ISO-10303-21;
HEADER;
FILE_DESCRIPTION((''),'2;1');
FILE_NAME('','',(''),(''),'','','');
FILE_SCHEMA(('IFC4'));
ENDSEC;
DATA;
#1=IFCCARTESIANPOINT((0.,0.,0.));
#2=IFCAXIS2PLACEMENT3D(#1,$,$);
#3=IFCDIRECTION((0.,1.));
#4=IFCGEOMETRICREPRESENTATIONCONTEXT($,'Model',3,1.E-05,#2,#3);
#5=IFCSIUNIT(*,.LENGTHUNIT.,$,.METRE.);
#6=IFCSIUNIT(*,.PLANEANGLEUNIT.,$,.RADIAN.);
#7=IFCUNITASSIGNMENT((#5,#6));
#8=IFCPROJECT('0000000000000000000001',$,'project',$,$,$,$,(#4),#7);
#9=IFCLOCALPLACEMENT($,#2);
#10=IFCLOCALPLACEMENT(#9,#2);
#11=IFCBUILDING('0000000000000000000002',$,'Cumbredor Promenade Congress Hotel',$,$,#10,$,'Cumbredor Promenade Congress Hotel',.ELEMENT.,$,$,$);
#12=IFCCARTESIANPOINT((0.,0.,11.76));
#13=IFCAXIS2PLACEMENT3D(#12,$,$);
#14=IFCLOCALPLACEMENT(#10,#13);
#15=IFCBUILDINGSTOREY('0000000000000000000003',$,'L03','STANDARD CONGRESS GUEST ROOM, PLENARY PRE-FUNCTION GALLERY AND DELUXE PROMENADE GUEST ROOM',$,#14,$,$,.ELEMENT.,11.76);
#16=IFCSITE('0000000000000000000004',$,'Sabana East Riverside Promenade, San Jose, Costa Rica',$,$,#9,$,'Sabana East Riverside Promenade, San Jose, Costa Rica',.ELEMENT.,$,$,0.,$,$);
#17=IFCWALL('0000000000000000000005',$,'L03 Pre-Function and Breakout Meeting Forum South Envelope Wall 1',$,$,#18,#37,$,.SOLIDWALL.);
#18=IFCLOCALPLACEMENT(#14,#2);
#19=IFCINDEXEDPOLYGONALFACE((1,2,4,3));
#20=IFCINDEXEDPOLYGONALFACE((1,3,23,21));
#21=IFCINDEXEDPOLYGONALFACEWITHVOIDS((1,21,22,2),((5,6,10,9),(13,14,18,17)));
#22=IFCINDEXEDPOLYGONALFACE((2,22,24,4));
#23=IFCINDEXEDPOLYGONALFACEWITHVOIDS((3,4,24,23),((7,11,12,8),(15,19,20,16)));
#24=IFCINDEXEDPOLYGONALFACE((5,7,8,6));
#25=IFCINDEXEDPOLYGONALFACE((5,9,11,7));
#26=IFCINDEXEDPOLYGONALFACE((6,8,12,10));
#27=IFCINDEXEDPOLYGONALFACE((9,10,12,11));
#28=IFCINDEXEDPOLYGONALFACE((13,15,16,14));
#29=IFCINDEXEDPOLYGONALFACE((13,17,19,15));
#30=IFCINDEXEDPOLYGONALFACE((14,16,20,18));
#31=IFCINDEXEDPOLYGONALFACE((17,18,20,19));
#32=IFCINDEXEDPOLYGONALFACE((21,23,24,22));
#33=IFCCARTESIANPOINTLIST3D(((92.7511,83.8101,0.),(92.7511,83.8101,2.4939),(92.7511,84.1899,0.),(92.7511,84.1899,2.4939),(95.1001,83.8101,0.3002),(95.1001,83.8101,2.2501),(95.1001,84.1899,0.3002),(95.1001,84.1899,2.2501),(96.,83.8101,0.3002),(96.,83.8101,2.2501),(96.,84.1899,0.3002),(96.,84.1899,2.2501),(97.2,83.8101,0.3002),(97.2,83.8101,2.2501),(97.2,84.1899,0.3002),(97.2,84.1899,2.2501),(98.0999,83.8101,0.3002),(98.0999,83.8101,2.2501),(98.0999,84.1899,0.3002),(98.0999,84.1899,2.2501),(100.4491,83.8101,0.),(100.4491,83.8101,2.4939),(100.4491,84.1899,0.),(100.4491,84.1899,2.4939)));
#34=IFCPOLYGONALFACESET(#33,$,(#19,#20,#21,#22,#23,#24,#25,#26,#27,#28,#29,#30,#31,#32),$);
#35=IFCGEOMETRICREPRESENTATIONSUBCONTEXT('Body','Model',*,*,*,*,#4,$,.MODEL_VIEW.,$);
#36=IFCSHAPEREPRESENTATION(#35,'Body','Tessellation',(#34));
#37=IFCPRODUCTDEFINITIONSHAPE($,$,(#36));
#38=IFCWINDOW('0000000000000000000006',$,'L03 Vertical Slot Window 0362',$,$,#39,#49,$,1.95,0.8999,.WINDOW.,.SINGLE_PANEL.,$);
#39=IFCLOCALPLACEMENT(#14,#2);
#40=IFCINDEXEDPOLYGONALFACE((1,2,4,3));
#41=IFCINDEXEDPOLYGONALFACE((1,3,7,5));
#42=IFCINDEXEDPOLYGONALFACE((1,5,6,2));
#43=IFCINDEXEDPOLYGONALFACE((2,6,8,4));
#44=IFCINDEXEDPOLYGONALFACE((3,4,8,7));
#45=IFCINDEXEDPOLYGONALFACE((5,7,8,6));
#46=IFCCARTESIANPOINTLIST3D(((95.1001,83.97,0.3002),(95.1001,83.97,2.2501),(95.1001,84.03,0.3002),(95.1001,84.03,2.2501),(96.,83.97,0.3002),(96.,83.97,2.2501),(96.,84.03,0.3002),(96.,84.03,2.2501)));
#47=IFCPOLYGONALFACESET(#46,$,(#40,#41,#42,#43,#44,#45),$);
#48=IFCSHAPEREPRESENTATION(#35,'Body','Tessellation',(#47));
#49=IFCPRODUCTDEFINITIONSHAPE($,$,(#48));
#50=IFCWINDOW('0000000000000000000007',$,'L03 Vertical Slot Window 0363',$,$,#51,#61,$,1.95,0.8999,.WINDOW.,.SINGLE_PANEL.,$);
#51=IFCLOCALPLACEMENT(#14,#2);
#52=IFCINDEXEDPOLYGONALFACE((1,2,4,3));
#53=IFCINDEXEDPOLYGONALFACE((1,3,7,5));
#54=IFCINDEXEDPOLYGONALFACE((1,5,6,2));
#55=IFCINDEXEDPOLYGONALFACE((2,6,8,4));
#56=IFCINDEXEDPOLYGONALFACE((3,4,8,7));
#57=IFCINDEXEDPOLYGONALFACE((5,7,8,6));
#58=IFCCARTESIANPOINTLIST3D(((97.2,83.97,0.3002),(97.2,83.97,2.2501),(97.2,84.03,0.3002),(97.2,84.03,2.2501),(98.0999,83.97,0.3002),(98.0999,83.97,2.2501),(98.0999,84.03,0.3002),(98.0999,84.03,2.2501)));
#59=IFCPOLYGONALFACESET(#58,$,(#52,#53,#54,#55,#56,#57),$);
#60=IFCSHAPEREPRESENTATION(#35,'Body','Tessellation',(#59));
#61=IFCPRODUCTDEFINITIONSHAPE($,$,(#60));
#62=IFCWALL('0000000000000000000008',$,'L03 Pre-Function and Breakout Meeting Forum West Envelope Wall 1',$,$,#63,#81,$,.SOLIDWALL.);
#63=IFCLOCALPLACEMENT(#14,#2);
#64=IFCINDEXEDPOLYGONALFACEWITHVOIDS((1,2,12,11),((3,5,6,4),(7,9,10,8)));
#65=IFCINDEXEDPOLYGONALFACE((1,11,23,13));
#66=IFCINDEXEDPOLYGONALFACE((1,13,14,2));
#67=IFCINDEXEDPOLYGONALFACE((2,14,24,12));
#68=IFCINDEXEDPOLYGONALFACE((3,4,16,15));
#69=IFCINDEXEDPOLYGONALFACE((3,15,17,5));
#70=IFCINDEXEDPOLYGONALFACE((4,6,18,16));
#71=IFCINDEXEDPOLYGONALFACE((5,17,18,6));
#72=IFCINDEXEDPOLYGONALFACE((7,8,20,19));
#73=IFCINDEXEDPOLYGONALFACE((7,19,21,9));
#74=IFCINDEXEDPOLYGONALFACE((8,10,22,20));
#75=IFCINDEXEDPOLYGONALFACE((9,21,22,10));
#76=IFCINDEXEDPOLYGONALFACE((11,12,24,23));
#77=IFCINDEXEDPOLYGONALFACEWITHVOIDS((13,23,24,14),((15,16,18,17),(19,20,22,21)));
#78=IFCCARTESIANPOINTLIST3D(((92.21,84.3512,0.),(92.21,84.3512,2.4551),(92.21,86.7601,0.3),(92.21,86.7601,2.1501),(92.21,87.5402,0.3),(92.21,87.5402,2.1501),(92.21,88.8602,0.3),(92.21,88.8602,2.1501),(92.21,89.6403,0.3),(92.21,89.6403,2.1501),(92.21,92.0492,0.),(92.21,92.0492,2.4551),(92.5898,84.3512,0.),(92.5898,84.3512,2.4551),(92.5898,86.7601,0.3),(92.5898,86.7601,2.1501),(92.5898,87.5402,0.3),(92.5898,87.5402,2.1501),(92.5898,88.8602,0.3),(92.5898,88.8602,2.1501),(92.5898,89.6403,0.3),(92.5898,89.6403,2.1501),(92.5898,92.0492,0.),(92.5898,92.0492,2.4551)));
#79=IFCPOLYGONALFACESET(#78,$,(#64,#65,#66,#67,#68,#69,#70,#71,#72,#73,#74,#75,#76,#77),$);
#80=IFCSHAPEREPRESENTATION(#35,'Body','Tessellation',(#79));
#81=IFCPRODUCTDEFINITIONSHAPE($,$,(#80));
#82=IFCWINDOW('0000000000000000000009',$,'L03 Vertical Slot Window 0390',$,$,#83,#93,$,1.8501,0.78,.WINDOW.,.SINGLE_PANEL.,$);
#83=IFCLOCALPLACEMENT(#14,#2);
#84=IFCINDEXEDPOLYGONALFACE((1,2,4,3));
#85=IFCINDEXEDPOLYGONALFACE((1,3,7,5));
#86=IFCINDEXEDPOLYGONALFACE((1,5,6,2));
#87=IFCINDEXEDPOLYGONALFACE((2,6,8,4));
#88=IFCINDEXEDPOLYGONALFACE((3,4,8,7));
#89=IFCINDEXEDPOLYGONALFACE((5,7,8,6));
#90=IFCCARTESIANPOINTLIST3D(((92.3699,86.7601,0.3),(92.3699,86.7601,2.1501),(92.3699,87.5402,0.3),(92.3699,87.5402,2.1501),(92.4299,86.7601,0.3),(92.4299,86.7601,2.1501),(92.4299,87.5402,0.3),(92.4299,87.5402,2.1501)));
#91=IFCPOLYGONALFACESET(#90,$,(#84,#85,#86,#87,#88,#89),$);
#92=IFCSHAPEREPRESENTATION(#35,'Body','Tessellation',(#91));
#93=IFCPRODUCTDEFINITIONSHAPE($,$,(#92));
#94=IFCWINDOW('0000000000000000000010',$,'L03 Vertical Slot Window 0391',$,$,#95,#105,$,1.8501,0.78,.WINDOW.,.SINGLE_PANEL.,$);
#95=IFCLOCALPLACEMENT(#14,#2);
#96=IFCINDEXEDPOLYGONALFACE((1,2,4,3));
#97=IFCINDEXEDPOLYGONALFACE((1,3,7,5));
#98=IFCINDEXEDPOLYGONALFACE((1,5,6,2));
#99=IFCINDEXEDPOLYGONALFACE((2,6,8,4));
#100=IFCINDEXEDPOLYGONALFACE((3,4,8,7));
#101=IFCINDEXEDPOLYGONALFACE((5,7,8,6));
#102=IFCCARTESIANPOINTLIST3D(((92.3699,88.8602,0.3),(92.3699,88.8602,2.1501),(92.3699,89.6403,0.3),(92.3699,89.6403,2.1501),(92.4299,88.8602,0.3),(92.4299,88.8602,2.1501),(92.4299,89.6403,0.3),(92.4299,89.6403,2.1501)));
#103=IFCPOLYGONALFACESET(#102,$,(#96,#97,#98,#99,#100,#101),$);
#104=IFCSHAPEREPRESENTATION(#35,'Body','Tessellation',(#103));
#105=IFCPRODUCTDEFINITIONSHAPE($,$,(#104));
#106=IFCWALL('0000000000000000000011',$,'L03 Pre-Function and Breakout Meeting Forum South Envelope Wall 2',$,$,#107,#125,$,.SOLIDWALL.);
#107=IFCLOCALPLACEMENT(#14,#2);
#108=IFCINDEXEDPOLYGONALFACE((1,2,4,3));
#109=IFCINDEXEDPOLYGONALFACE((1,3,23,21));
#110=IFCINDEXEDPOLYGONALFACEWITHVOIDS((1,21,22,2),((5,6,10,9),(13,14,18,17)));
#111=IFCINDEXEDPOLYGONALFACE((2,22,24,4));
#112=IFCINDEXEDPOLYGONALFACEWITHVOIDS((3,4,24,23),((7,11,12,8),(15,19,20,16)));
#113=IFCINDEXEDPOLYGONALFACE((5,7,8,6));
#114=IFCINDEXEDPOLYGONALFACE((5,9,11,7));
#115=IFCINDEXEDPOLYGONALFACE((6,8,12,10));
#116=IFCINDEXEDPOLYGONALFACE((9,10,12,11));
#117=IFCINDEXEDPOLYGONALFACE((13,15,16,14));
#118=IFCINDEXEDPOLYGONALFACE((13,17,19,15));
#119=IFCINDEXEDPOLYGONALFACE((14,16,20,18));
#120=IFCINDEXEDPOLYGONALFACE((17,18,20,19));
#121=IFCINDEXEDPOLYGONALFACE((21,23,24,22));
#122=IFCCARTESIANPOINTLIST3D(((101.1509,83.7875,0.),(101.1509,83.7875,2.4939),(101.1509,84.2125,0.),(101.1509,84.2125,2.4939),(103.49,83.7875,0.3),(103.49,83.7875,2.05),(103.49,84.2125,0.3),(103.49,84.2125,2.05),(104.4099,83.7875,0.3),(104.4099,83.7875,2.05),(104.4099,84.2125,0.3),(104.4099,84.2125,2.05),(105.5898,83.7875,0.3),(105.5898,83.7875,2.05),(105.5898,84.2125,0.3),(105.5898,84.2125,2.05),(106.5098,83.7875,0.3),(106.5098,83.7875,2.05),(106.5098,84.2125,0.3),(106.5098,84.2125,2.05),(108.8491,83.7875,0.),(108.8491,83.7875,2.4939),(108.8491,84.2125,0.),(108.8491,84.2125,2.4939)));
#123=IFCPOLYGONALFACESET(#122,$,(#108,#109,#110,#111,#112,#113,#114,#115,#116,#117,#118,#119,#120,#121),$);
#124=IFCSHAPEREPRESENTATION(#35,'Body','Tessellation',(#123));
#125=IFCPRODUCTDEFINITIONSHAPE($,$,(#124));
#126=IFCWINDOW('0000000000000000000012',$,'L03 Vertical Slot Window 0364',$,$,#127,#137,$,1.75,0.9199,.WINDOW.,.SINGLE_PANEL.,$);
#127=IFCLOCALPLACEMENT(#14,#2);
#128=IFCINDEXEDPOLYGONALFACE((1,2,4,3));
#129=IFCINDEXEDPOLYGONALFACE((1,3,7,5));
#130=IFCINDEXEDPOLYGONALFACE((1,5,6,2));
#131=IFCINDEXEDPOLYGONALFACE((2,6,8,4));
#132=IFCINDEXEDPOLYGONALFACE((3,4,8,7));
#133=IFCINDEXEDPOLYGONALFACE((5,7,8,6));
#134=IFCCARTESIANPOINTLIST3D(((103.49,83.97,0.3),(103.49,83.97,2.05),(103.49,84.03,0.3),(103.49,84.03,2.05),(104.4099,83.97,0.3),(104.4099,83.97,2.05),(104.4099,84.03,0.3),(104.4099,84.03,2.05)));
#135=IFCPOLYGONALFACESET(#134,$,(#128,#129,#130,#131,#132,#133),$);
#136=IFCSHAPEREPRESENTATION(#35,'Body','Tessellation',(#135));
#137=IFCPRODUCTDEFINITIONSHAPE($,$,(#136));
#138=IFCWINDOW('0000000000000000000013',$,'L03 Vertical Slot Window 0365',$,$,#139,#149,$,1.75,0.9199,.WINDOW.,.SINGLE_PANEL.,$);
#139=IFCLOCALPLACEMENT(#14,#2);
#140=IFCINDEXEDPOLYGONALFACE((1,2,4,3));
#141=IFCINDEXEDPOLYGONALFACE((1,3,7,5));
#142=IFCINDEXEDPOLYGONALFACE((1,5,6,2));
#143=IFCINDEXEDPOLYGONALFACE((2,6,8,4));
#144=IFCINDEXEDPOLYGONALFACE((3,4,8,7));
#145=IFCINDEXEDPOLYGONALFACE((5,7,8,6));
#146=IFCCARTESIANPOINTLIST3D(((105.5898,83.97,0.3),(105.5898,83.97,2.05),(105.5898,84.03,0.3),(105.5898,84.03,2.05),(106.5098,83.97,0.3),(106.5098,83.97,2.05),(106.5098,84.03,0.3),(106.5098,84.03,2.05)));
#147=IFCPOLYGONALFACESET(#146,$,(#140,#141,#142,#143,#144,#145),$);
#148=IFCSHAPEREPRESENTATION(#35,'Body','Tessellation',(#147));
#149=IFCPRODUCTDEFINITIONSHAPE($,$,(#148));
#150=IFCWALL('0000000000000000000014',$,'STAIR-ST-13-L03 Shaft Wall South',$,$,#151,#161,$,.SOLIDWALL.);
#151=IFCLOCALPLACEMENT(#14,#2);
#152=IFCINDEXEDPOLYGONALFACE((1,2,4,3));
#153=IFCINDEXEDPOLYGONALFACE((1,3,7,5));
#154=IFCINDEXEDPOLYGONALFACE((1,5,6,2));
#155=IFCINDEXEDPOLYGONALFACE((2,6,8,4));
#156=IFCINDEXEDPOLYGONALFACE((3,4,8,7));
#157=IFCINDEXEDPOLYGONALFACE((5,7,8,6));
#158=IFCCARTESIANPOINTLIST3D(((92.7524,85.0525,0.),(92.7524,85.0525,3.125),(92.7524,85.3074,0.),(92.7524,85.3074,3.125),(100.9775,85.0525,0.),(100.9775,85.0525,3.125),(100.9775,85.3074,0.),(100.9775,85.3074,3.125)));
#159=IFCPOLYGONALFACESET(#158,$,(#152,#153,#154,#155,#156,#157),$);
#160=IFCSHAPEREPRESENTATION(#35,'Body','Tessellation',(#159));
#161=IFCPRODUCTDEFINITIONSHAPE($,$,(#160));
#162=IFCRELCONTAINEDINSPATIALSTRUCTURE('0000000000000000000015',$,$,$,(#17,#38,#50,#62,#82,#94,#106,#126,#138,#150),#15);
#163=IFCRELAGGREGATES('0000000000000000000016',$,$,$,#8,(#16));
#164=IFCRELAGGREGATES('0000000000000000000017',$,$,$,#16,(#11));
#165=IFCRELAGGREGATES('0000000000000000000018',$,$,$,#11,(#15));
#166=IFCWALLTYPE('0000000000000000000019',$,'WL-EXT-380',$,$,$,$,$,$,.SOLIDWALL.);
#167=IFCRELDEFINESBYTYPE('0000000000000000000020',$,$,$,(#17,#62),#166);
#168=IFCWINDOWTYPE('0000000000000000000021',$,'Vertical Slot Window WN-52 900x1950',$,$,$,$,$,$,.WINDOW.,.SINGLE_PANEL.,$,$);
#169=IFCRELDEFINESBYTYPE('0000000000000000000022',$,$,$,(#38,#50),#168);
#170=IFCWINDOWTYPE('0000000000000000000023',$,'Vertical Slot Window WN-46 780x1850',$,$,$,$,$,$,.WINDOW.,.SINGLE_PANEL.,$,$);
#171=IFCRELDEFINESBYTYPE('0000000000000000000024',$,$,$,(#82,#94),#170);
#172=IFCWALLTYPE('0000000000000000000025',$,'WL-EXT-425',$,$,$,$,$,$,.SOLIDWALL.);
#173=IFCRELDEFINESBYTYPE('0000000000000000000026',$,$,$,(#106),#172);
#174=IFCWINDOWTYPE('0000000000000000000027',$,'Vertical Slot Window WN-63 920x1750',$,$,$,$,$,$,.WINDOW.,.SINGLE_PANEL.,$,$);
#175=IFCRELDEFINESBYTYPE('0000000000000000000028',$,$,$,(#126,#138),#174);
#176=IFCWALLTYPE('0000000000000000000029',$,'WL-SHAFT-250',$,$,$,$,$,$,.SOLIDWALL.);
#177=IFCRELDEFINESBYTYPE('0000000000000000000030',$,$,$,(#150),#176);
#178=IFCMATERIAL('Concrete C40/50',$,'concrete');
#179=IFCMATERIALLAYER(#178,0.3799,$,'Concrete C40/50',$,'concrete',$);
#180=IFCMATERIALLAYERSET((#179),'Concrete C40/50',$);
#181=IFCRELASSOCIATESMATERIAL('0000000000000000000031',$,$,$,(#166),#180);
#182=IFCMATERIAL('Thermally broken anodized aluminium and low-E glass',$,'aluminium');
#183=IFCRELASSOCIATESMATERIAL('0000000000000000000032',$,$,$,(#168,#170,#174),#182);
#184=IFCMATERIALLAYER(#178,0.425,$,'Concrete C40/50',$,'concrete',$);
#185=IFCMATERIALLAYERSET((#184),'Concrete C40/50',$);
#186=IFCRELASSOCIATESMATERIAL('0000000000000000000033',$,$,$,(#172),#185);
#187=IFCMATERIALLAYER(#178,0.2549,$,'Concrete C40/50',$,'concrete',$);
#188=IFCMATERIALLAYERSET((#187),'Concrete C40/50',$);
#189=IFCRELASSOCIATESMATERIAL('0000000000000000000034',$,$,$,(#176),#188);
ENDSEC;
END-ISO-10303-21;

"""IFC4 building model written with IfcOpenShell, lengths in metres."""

from ifc_helpers import new_model, si_unit, direction, frame, frame_2d, origin, place, context, subcontext, project, spatial, rectangle, extrude, material, layer, layer_set, type_object, element, fill, save


model = new_model("IFC4")

# Units and contexts
model_context = context("Model", 3, precision=1e-05, world=origin(), true_north=direction((0.0, 1.0)))
body_context = subcontext(model_context, "Body", "Model", "MODEL_VIEW")
ifc_project = project(units=[si_unit("LENGTHUNIT", "METRE"), si_unit("PLANEANGLEUNIT", "RADIAN")], contexts=[model_context])

# Site, building, storey
site_placement = place(None, origin())
site = spatial("IfcSite", under=ifc_project, at=site_placement, Name="Sabana East Riverside Promenade, San Jose, Costa Rica", LongName="Sabana East Riverside Promenade, San Jose, Costa Rica", CompositionType="ELEMENT", RefElevation=0.0)
building_placement = place(site_placement, origin())
building = spatial("IfcBuilding", under=site, at=building_placement, Name="Cumbredor Promenade Congress Hotel", LongName="Cumbredor Promenade Congress Hotel", CompositionType="ELEMENT")
storey_placement = place(building_placement, frame((0.0, 0.0, 11.76)))
storey = spatial("IfcBuildingStorey", under=building, at=storey_placement, Name="L03", Description="STANDARD CONGRESS GUEST ROOM, PLENARY PRE-FUNCTION GALLERY AND DELUXE PROMENADE GUEST ROOM", CompositionType="ELEMENT", Elevation=11.76)

# Shared definitions
ifc_material_1 = material(Name="Concrete C40/50", Category="concrete")

# Shared definitions
ifc_material_2 = material(Name="Thermally broken anodized aluminium and low-E glass", Category="aluminium")

# Walls, openings, windows
ifc_layer_1 = layer(ifc_material_1, 0.3799, Name="Concrete C40/50", Category="concrete")
ifc_layer_set_1 = layer_set([ifc_layer_1], Name="Concrete C40/50")
wall_type_1 = type_object("IfcWallType", Name="WL-EXT-380", PredefinedType="SOLIDWALL", material=ifc_layer_set_1)
wall_1_placement = place(storey_placement, frame((92.751, 84.0, 0.0), z_axis=(0.0, 0.0, 1.0), x_axis=(1.0, 0.0, 0.0)))
wall_1 = element("IfcWall", 1, at=wall_1_placement, inside=storey, type_object=wall_type_1, Name="L03 Pre-Function and Breakout Meeting Forum South Envelope Wall 1", PredefinedType="SOLIDWALL", context=body_context, shape_type="SweptSolid", body=[
    extrude(rectangle(XDim=7.698, YDim=0.3799, at=frame_2d((3.8491, 0.0))), origin(), (0.0, 0.0, 1.0), 2.4939),
])
opening_1_placement = place(wall_1_placement, frame((2.3491, 0.0, 0.3)))
opening_1 = element("IfcOpeningElement", 2, at=opening_1_placement, cuts=wall_1, PredefinedType="OPENING", context=body_context, shape_type="SweptSolid", body=[
    extrude(rectangle(XDim=0.8999, YDim=1.95, at=frame_2d((0.45, 0.9751))), frame((0.0, 0.2, 0.0), z_axis=(0.0, -1.0, 0.0), x_axis=(1.0, 0.0, 0.0)), (0.0, 0.0, 1.0), 0.3999),
])
opening_2_placement = place(wall_1_placement, frame((4.449, 0.0, 0.3)))
opening_2 = element("IfcOpeningElement", 3, at=opening_2_placement, cuts=wall_1, PredefinedType="OPENING", context=body_context, shape_type="SweptSolid", body=[
    extrude(rectangle(XDim=0.8999, YDim=1.95, at=frame_2d((0.45, 0.9751))), frame((0.0, 0.2, 0.0), z_axis=(0.0, -1.0, 0.0), x_axis=(1.0, 0.0, 0.0)), (0.0, 0.0, 1.0), 0.3999),
])
window_type_1 = type_object("IfcWindowType", Name="Vertical Slot Window WN-52 900x1950", PartitioningType="SINGLE_PANEL", PredefinedType="WINDOW", material=ifc_material_2)
window_1_placement = place(opening_1_placement, origin())
window_1 = element("IfcWindow", 4, at=window_1_placement, inside=storey, type_object=window_type_1, Name="L03 Vertical Slot Window 0362", OverallHeight=1.95, OverallWidth=0.8999, PartitioningType="SINGLE_PANEL", PredefinedType="WINDOW", context=body_context, shape_type="SweptSolid", body=[
    extrude(rectangle(XDim=0.8999, YDim=1.95, at=frame_2d((0.45, 0.9751))), frame((0.0, 0.03, 0.0), z_axis=(0.0, -1.0, 0.0), x_axis=(1.0, 0.0, 0.0)), (0.0, 0.0, 1.0), 0.0601),
])
fill(opening_1, window_1)
window_2_placement = place(opening_2_placement, origin())
window_2 = element("IfcWindow", 5, at=window_2_placement, inside=storey, type_object=window_type_1, Name="L03 Vertical Slot Window 0363", OverallHeight=1.95, OverallWidth=0.8999, PartitioningType="SINGLE_PANEL", PredefinedType="WINDOW", context=body_context, shape_type="SweptSolid", body=[
    extrude(rectangle(XDim=0.8999, YDim=1.95, at=frame_2d((0.45, 0.9751))), frame((0.0, 0.03, 0.0), z_axis=(0.0, -1.0, 0.0), x_axis=(1.0, 0.0, 0.0)), (0.0, 0.0, 1.0), 0.0601),
])
fill(opening_2, window_2)
wall_2_placement = place(storey_placement, frame((92.3999, 84.3511, 0.0), z_axis=(0.0, 0.0, 1.0), x_axis=(0.0, 1.0, 0.0)))
wall_2 = element("IfcWall", 6, at=wall_2_placement, inside=storey, type_object=wall_type_1, Name="L03 Pre-Function and Breakout Meeting Forum West Envelope Wall 1", PredefinedType="SOLIDWALL", context=body_context, shape_type="SweptSolid", body=[
    extrude(rectangle(XDim=7.698, YDim=0.3799, at=frame_2d((3.8491, 0.0))), origin(), (0.0, 0.0, 1.0), 2.4551),
])
opening_3_placement = place(wall_2_placement, frame((2.4089, 0.0, 0.3)))
opening_3 = element("IfcOpeningElement", 7, at=opening_3_placement, cuts=wall_2, PredefinedType="OPENING", context=body_context, shape_type="SweptSolid", body=[
    extrude(rectangle(XDim=0.78, YDim=1.8501, at=frame_2d((0.3901, 0.925))), frame((0.0, 0.2, 0.0), z_axis=(0.0, -1.0, 0.0), x_axis=(1.0, 0.0, 0.0)), (0.0, 0.0, 1.0), 0.3999),
])
opening_4_placement = place(wall_2_placement, frame((4.509, 0.0, 0.3)))
opening_4 = element("IfcOpeningElement", 8, at=opening_4_placement, cuts=wall_2, PredefinedType="OPENING", context=body_context, shape_type="SweptSolid", body=[
    extrude(rectangle(XDim=0.78, YDim=1.8501, at=frame_2d((0.3901, 0.925))), frame((0.0, 0.2, 0.0), z_axis=(0.0, -1.0, 0.0), x_axis=(1.0, 0.0, 0.0)), (0.0, 0.0, 1.0), 0.3999),
])
window_type_2 = type_object("IfcWindowType", Name="Vertical Slot Window WN-46 780x1850", PartitioningType="SINGLE_PANEL", PredefinedType="WINDOW", material=ifc_material_2)
window_3_placement = place(opening_3_placement, origin())
window_3 = element("IfcWindow", 9, at=window_3_placement, inside=storey, type_object=window_type_2, Name="L03 Vertical Slot Window 0390", OverallHeight=1.8501, OverallWidth=0.78, PartitioningType="SINGLE_PANEL", PredefinedType="WINDOW", context=body_context, shape_type="SweptSolid", body=[
    extrude(rectangle(XDim=0.78, YDim=1.8501, at=frame_2d((0.3901, 0.925))), frame((0.0, 0.03, 0.0), z_axis=(0.0, -1.0, 0.0), x_axis=(1.0, 0.0, 0.0)), (0.0, 0.0, 1.0), 0.0601),
])
fill(opening_3, window_3)
window_4_placement = place(opening_4_placement, origin())
window_4 = element("IfcWindow", 10, at=window_4_placement, inside=storey, type_object=window_type_2, Name="L03 Vertical Slot Window 0391", OverallHeight=1.8501, OverallWidth=0.78, PartitioningType="SINGLE_PANEL", PredefinedType="WINDOW", context=body_context, shape_type="SweptSolid", body=[
    extrude(rectangle(XDim=0.78, YDim=1.8501, at=frame_2d((0.3901, 0.925))), frame((0.0, 0.03, 0.0), z_axis=(0.0, -1.0, 0.0), x_axis=(1.0, 0.0, 0.0)), (0.0, 0.0, 1.0), 0.0601),
])
fill(opening_4, window_4)
ifc_layer_2 = layer(ifc_material_1, 0.425, Name="Concrete C40/50", Category="concrete")
ifc_layer_set_2 = layer_set([ifc_layer_2], Name="Concrete C40/50")
wall_type_2 = type_object("IfcWallType", Name="WL-EXT-425", PredefinedType="SOLIDWALL", material=ifc_layer_set_2)
wall_3_placement = place(storey_placement, frame((101.1509, 84.0, 0.0), z_axis=(0.0, 0.0, 1.0), x_axis=(1.0, 0.0, 0.0)))
wall_3 = element("IfcWall", 11, at=wall_3_placement, inside=storey, type_object=wall_type_2, Name="L03 Pre-Function and Breakout Meeting Forum South Envelope Wall 2", PredefinedType="SOLIDWALL", context=body_context, shape_type="SweptSolid", body=[
    extrude(rectangle(XDim=7.6982, YDim=0.425, at=frame_2d((3.8491, 0.0))), origin(), (0.0, 0.0, 1.0), 2.4939),
])
opening_5_placement = place(wall_3_placement, frame((2.3391, 0.0, 0.3)))
opening_5 = element("IfcOpeningElement", 12, at=opening_5_placement, cuts=wall_3, PredefinedType="OPENING", context=body_context, shape_type="SweptSolid", body=[
    extrude(rectangle(XDim=0.9199, YDim=1.75, at=frame_2d((0.46, 0.875))), frame((0.0, 0.2227, 0.0), z_axis=(0.0, -1.0, 0.0), x_axis=(1.0, 0.0, 0.0)), (0.0, 0.0, 1.0), 0.4451),
])
opening_6_placement = place(wall_3_placement, frame((4.439, 0.0, 0.3)))
opening_6 = element("IfcOpeningElement", 13, at=opening_6_placement, cuts=wall_3, PredefinedType="OPENING", context=body_context, shape_type="SweptSolid", body=[
    extrude(rectangle(XDim=0.9199, YDim=1.75, at=frame_2d((0.46, 0.875))), frame((0.0, 0.2227, 0.0), z_axis=(0.0, -1.0, 0.0), x_axis=(1.0, 0.0, 0.0)), (0.0, 0.0, 1.0), 0.4451),
])
window_type_3 = type_object("IfcWindowType", Name="Vertical Slot Window WN-63 920x1750", PartitioningType="SINGLE_PANEL", PredefinedType="WINDOW", material=ifc_material_2)
window_5_placement = place(opening_5_placement, origin())
window_5 = element("IfcWindow", 14, at=window_5_placement, inside=storey, type_object=window_type_3, Name="L03 Vertical Slot Window 0364", OverallHeight=1.75, OverallWidth=0.9199, PartitioningType="SINGLE_PANEL", PredefinedType="WINDOW", context=body_context, shape_type="SweptSolid", body=[
    extrude(rectangle(XDim=0.9199, YDim=1.75, at=frame_2d((0.46, 0.875))), frame((0.0, 0.03, 0.0), z_axis=(0.0, -1.0, 0.0), x_axis=(1.0, 0.0, 0.0)), (0.0, 0.0, 1.0), 0.0601),
])
fill(opening_5, window_5)
window_6_placement = place(opening_6_placement, origin())
window_6 = element("IfcWindow", 15, at=window_6_placement, inside=storey, type_object=window_type_3, Name="L03 Vertical Slot Window 0365", OverallHeight=1.75, OverallWidth=0.9199, PartitioningType="SINGLE_PANEL", PredefinedType="WINDOW", context=body_context, shape_type="SweptSolid", body=[
    extrude(rectangle(XDim=0.9199, YDim=1.75, at=frame_2d((0.46, 0.875))), frame((0.0, 0.03, 0.0), z_axis=(0.0, -1.0, 0.0), x_axis=(1.0, 0.0, 0.0)), (0.0, 0.0, 1.0), 0.0601),
])
fill(opening_6, window_6)

# Wall
ifc_layer_3 = layer(ifc_material_1, 0.2549, Name="Concrete C40/50", Category="concrete")
ifc_layer_set_3 = layer_set([ifc_layer_3], Name="Concrete C40/50")
wall_type_3 = type_object("IfcWallType", Name="WL-SHAFT-250", PredefinedType="SOLIDWALL", material=ifc_layer_set_3)
wall_4_placement = place(storey_placement, frame((92.7524, 85.1799, 0.0), z_axis=(0.0, 0.0, 1.0), x_axis=(1.0, 0.0, 0.0)))
element("IfcWall", 16, at=wall_4_placement, inside=storey, type_object=wall_type_3, Name="STAIR-ST-13-L03 Shaft Wall South", PredefinedType="SOLIDWALL", context=body_context, shape_type="SweptSolid", body=[
    extrude(rectangle(XDim=8.2251, YDim=0.2549, at=frame_2d((4.1125, 0.0))), origin(), (0.0, 0.0, 1.0), 3.125),
])

save(model, "model.ifc")
